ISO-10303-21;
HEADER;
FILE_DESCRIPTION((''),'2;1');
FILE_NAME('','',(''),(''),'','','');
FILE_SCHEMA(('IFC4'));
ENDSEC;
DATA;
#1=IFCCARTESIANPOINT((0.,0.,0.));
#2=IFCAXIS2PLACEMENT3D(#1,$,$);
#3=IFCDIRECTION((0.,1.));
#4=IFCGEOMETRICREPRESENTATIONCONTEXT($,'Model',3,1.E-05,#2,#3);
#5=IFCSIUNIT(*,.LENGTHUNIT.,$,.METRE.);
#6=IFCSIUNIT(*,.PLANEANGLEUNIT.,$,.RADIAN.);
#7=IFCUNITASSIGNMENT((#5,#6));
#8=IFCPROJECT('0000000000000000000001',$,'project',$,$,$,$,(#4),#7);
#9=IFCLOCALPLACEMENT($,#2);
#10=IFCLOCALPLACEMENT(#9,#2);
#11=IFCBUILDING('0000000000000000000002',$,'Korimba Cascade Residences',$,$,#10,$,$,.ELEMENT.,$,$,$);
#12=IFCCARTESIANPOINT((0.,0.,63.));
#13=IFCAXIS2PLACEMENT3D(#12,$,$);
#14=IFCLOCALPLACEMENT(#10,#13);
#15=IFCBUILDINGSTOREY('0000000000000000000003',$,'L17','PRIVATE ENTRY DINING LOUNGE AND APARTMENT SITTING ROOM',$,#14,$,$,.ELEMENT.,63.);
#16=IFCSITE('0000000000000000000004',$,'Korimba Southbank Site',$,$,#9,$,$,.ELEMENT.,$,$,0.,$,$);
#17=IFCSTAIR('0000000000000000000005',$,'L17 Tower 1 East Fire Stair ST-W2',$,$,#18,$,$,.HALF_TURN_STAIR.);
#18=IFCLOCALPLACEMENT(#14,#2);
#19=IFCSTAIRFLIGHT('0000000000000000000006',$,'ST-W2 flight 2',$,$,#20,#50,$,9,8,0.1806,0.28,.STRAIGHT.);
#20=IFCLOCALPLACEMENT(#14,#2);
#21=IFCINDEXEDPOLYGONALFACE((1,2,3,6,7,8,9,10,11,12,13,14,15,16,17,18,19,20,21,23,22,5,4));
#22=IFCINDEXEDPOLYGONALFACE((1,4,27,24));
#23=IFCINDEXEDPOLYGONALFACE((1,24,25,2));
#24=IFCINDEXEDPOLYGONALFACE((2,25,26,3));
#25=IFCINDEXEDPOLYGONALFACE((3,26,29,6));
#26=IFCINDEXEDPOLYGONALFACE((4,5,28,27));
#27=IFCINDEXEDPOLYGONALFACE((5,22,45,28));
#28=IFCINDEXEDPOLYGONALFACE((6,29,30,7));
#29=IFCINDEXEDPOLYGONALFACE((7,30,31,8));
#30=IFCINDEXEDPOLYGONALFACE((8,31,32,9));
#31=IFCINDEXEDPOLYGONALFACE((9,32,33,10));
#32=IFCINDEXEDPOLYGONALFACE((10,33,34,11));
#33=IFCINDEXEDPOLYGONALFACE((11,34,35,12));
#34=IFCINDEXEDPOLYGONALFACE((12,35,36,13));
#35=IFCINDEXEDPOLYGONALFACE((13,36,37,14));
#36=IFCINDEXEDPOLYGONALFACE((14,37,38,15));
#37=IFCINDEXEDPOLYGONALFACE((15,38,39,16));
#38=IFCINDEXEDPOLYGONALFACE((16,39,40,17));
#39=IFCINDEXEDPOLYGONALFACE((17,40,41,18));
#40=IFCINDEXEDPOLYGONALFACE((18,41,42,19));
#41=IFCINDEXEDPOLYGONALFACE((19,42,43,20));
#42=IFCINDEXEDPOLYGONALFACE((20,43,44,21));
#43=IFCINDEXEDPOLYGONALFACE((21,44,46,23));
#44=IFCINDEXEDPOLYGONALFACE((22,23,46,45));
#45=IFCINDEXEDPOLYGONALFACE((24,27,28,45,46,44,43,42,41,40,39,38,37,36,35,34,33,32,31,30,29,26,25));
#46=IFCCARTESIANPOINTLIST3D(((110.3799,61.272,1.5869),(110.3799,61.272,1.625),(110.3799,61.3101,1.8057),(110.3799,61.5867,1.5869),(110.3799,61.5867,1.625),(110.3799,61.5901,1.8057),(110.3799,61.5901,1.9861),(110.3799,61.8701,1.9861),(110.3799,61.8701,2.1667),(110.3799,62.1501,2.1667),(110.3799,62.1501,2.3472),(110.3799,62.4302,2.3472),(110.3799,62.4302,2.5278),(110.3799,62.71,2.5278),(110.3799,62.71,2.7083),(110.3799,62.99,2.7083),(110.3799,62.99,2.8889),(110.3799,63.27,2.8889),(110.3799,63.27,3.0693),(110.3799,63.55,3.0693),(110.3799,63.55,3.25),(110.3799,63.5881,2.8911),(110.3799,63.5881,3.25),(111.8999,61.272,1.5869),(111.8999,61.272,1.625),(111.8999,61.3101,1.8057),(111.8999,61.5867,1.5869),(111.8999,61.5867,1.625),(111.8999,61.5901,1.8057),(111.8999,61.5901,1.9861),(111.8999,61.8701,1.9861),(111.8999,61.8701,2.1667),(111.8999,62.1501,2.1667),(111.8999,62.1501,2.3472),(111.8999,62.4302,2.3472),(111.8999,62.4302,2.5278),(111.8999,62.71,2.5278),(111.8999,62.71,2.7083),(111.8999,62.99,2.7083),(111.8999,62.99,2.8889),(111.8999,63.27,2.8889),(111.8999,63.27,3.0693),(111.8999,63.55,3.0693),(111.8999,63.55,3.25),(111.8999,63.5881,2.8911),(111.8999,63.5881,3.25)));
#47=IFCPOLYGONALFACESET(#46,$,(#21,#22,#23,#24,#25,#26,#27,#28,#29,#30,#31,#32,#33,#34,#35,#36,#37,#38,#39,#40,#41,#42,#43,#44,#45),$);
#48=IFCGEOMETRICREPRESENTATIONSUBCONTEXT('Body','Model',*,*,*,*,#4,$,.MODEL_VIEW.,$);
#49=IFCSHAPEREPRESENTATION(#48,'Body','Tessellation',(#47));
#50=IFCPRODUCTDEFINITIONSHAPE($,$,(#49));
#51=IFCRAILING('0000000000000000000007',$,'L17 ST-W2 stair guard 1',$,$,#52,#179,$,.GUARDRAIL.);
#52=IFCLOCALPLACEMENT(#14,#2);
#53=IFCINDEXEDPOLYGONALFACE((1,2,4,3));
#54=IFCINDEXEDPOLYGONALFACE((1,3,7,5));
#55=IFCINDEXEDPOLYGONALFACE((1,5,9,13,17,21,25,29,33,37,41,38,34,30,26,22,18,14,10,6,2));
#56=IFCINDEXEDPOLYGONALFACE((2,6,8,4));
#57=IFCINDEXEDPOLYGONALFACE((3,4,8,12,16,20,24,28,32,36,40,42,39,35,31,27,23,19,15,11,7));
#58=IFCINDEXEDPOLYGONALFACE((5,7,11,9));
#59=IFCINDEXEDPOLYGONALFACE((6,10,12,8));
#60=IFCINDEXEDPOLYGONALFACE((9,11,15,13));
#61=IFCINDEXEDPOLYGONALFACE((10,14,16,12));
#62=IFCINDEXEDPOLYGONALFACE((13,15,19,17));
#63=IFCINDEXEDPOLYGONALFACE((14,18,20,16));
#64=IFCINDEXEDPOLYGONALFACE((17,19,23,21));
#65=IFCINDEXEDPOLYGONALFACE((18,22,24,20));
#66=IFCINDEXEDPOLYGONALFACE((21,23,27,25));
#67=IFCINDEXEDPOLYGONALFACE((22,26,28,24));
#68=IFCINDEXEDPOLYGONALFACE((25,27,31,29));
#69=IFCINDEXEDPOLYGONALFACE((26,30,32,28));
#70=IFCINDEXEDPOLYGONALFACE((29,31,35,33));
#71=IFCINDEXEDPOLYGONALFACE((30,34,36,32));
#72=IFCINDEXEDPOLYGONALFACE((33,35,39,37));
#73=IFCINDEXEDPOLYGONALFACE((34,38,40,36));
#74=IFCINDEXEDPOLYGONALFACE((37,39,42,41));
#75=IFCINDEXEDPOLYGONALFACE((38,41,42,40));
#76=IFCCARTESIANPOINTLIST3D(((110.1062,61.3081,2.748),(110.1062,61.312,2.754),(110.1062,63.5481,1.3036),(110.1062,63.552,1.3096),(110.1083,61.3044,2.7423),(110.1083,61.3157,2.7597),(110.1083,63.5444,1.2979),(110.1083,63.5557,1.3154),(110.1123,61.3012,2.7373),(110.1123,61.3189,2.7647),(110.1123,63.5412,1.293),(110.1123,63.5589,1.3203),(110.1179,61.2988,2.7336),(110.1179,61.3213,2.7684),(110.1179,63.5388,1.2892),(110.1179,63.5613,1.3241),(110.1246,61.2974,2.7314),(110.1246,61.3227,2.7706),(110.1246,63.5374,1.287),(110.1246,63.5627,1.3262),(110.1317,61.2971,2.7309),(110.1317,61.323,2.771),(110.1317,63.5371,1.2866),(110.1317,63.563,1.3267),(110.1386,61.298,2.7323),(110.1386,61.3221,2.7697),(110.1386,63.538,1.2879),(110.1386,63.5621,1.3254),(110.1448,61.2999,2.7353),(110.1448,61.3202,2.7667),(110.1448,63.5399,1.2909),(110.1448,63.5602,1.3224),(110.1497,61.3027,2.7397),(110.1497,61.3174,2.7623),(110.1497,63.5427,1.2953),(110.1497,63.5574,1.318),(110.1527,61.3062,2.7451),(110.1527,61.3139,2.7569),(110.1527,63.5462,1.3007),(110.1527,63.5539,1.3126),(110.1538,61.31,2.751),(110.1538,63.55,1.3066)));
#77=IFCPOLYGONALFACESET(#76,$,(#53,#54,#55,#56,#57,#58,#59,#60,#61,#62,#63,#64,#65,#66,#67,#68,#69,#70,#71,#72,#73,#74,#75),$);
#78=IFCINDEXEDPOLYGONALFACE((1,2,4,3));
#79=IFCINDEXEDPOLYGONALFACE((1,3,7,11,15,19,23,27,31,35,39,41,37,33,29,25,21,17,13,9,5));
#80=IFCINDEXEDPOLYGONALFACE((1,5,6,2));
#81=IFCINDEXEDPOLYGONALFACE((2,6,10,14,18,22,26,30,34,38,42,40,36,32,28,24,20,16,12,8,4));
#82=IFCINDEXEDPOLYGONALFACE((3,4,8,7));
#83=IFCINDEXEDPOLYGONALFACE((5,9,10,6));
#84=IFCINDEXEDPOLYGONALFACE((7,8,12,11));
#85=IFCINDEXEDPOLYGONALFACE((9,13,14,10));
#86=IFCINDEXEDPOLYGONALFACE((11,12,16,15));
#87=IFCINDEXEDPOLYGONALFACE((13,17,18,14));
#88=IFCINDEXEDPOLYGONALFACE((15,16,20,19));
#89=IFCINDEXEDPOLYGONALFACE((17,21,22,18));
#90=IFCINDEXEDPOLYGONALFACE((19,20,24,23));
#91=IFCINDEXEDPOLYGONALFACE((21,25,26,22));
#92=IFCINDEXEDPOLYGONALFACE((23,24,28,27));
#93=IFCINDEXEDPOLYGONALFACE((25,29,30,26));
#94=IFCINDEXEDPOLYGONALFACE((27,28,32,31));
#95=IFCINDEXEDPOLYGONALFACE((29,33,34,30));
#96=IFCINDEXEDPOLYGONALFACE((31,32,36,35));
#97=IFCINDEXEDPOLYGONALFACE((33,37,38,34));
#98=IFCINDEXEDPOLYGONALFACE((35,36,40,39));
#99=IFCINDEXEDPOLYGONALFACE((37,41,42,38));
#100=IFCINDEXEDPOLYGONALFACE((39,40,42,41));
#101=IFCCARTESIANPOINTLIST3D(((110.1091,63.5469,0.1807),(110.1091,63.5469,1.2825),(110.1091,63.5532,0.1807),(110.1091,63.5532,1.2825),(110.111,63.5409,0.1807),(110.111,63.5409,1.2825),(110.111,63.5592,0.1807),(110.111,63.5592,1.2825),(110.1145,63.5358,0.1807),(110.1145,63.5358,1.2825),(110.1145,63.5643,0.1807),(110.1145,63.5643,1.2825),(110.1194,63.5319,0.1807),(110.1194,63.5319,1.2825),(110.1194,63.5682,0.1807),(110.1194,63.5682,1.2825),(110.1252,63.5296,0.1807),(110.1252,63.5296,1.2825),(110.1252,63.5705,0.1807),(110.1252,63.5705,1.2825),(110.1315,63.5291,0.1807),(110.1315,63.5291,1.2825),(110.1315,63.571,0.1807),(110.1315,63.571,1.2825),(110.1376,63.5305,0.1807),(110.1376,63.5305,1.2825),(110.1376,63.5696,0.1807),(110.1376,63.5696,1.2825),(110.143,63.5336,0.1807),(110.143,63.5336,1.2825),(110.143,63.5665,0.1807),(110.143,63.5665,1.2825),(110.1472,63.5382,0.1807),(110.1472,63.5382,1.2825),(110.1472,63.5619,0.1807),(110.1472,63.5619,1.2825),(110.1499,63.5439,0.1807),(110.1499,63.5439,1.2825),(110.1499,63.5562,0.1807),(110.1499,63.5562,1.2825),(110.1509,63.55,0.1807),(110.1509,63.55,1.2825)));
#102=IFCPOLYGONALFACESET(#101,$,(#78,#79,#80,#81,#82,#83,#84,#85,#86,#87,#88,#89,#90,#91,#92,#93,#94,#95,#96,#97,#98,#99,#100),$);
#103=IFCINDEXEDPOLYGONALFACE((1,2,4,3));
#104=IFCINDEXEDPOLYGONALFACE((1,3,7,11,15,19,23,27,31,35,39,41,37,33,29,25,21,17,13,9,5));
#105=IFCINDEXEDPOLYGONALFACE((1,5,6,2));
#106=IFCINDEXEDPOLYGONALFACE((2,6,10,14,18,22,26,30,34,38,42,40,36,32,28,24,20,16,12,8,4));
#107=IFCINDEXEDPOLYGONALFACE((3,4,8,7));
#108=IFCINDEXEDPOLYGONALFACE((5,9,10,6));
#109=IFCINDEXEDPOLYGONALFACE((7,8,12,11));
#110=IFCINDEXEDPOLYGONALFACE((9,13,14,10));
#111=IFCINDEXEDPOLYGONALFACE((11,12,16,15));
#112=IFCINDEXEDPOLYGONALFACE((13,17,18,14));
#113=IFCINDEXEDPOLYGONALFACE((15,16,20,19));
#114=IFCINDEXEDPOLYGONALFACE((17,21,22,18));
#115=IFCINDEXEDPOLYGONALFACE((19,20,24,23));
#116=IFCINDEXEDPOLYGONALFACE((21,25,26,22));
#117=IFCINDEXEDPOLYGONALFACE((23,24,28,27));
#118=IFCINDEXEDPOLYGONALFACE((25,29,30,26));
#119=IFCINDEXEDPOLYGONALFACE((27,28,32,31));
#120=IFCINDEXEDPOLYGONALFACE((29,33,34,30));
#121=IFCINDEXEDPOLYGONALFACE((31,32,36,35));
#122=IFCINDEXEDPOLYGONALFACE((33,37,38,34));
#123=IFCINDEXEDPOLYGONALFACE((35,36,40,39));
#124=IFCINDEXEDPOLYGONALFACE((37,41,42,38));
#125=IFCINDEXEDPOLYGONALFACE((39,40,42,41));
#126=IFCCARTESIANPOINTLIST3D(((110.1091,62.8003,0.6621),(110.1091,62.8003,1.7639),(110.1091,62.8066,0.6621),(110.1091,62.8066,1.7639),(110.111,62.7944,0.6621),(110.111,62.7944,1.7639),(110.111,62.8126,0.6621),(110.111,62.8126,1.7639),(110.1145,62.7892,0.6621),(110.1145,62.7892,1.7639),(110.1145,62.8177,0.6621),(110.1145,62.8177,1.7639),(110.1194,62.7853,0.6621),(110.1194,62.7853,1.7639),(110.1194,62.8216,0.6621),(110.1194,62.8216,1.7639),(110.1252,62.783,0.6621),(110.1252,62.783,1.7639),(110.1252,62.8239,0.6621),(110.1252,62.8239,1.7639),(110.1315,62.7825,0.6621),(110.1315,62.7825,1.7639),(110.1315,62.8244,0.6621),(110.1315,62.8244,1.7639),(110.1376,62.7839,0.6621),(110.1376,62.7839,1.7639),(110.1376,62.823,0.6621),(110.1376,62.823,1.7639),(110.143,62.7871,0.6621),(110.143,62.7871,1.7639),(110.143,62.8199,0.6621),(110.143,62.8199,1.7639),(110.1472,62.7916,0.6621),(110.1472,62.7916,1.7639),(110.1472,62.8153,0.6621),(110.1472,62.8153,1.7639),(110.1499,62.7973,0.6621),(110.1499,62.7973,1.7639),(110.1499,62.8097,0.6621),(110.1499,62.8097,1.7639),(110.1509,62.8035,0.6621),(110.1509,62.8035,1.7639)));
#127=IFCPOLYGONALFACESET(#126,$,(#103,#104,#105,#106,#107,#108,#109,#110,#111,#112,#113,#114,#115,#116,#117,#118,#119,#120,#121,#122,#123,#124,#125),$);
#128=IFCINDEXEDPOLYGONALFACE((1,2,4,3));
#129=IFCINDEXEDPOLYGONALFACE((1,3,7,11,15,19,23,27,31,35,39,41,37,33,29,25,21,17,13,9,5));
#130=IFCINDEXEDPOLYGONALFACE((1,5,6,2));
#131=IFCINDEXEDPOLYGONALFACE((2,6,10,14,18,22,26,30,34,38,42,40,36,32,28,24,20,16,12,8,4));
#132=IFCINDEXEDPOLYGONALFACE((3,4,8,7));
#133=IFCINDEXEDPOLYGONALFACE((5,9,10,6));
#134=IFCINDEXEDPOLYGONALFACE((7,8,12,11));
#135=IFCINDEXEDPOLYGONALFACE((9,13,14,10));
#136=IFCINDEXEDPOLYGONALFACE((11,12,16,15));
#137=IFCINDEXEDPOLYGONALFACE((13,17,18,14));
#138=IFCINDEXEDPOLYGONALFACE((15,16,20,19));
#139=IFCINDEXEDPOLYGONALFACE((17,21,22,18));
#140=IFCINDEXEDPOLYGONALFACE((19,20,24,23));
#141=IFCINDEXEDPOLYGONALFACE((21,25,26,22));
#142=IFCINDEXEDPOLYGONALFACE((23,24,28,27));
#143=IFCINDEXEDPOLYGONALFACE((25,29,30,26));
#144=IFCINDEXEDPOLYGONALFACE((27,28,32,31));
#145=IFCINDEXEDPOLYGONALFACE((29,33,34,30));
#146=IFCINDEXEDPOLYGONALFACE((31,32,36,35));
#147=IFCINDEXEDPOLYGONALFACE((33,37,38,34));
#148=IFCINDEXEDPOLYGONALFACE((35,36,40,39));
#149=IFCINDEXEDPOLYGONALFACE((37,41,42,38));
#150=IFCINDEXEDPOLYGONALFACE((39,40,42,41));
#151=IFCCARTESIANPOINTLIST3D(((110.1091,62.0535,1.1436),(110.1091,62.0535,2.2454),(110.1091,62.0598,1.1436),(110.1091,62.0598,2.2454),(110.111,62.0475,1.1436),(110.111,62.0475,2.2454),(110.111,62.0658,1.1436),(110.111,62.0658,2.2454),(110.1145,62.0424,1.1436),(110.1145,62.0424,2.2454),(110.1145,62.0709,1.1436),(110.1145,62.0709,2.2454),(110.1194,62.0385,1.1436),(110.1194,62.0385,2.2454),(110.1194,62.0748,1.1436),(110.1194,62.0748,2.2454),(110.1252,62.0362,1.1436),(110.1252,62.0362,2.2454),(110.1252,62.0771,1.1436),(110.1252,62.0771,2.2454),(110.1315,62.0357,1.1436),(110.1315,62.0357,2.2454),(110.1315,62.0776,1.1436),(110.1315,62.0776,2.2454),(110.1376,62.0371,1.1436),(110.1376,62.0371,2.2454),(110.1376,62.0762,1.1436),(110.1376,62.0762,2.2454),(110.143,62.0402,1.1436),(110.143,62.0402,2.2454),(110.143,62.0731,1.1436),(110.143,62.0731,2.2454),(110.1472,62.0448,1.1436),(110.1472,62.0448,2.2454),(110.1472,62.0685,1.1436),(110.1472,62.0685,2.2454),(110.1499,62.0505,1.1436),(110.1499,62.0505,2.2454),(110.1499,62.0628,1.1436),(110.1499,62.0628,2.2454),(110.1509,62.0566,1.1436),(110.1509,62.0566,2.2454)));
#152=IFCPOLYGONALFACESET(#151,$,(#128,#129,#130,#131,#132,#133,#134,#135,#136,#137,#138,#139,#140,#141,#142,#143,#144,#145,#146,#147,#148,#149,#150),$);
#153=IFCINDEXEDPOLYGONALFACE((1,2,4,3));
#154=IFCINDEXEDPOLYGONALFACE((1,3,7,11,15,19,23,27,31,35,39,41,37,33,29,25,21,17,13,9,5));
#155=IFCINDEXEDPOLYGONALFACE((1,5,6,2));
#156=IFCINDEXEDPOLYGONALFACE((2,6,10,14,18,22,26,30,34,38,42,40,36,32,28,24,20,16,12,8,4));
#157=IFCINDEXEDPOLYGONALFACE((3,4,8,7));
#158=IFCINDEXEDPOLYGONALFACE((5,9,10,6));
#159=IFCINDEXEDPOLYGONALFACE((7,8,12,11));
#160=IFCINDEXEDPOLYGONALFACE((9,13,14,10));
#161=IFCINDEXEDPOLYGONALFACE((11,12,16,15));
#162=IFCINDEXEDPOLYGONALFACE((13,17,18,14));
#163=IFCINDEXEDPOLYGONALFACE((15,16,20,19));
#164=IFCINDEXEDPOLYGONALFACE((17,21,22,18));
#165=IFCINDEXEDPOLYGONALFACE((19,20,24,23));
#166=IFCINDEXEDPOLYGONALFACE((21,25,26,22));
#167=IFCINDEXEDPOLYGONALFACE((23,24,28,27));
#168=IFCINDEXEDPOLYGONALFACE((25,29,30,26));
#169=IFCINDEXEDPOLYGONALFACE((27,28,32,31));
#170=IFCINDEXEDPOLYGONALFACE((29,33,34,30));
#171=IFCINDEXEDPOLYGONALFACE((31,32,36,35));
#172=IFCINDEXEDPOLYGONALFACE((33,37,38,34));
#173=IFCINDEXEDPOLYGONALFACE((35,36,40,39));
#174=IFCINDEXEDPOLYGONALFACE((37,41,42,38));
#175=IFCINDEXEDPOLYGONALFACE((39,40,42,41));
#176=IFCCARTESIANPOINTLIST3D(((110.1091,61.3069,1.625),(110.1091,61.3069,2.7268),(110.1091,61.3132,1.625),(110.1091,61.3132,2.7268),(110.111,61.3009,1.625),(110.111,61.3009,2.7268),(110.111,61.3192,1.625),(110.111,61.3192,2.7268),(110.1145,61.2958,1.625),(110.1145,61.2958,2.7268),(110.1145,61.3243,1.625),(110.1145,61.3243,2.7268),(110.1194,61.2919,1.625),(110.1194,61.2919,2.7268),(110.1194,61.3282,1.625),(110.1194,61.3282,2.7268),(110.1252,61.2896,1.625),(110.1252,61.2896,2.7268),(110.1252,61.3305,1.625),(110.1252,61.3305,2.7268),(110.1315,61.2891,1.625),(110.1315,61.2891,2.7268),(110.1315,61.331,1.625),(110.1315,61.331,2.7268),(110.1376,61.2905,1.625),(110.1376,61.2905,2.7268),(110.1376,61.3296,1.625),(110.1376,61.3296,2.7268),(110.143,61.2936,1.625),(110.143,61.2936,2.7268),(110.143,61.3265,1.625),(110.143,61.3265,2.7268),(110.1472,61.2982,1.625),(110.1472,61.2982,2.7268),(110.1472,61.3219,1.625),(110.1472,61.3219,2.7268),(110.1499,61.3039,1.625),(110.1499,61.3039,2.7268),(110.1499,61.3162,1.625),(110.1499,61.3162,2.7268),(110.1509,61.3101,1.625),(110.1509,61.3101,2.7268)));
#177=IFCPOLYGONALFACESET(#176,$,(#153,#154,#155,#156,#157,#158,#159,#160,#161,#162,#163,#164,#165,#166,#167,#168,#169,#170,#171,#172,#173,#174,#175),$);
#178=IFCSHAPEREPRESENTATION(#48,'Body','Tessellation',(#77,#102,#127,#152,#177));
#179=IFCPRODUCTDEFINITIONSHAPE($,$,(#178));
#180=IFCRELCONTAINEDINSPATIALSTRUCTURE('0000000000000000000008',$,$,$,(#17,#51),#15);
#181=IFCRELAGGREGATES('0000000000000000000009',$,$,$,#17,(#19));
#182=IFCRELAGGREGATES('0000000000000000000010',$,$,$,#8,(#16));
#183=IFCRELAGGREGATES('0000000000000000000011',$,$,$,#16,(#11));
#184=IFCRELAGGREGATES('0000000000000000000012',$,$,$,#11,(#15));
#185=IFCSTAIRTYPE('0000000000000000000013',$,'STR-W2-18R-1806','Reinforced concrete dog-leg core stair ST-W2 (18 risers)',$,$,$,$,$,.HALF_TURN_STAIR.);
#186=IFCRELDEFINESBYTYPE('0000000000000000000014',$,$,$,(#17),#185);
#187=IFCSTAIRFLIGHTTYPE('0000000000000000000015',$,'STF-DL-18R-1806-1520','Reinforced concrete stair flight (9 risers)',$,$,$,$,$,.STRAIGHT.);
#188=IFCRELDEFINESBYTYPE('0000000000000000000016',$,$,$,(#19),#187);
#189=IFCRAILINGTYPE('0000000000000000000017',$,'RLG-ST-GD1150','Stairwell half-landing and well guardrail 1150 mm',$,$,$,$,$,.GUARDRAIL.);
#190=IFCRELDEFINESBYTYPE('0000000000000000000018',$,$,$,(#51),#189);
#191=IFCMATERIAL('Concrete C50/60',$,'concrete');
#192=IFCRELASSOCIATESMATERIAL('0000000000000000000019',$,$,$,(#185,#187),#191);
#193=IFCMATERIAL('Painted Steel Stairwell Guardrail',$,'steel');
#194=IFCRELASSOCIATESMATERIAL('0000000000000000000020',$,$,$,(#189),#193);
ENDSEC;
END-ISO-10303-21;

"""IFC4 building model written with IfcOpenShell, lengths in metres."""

from ifc_helpers import new_model, si_unit, direction, frame, origin, origin_2d, place, context, subcontext, project, spatial, polyline, circle, outline, extrude, material, type_object, element, aggregate, save


model = new_model("IFC4")

# Units and contexts
model_context = context("Model", 3, precision=1e-05, world=origin(), true_north=direction((0.0, 1.0)))
body_context = subcontext(model_context, "Body", "Model", "MODEL_VIEW")
ifc_project = project(units=[si_unit("LENGTHUNIT", "METRE"), si_unit("PLANEANGLEUNIT", "RADIAN")], contexts=[model_context])

# Site, building, storey
site_placement = place(None, origin())
site = spatial("IfcSite", under=ifc_project, at=site_placement, Name="Korimba Southbank Site", CompositionType="ELEMENT", RefElevation=0.0)
building_placement = place(site_placement, origin())
building = spatial("IfcBuilding", under=site, at=building_placement, Name="Korimba Cascade Residences", CompositionType="ELEMENT")
storey_placement = place(building_placement, frame((0.0, 0.0, 63.0)))
storey = spatial("IfcBuildingStorey", under=building, at=storey_placement, Name="L17", Description="PRIVATE ENTRY DINING LOUNGE AND APARTMENT SITTING ROOM", CompositionType="ELEMENT", Elevation=63.0)

# Shared definitions
ifc_material_1 = material(Name="Concrete C50/60", Category="concrete")

# Stair, stair flight
stair_type = type_object("IfcStairType", Name="STR-W2-18R-1806", Description="Reinforced concrete dog-leg core stair ST-W2 (18 risers)", PredefinedType="HALF_TURN_STAIR", material=ifc_material_1)
stair_placement = place(storey_placement, origin())
stair = element("IfcStair", 1, at=stair_placement, inside=storey, type_object=stair_type, Name="L17 Tower 1 East Fire Stair ST-W2", PredefinedType="HALF_TURN_STAIR")
stair_flight_type = type_object("IfcStairFlightType", Name="STF-DL-18R-1806-1520", Description="Reinforced concrete stair flight (9 risers)", PredefinedType="STRAIGHT", material=ifc_material_1)
stair_flight_1_placement = place(storey_placement, frame((111.1399, 61.3101, 1.625), z_axis=(0.0, 0.0, 1.0), x_axis=(0.0, 1.0, 0.0)))
stair_flight_1 = element("IfcStairFlight", 2, at=stair_flight_1_placement, type_object=stair_flight_type, Name="ST-W2 flight 2", NumberOfRisers=9, NumberOfTreads=8, PredefinedType="STRAIGHT", RiserHeight=0.1806, TreadLength=0.28, context=body_context, shape_type="SweptSolid", body=[
    extrude(outline(polyline([(-0.0381, 0.0), (0.0, 0.1807), (0.28, 0.1807), (0.28, 0.3611), (0.5601, 0.3611), (0.5601, 0.5417), (0.8401, 0.5417), (0.8401, 0.7222), (1.1201, 0.7222), (1.1201, 0.9028), (1.3999, 0.9028), (1.3999, 1.0833), (1.6799, 1.0833), (1.6799, 1.2639), (1.96, 1.2639), (1.96, 1.4443), (2.24, 1.4443), (2.24, 1.625), (2.2781, 1.625), (2.2781, 1.2661), (0.2766, 0.0), (0.2766, -0.0381), (-0.0381, -0.0381), (-0.0381, 0.0)])), frame((0.0, 0.76, 0.0), z_axis=(0.0, -1.0, 0.0), x_axis=(1.0, 0.0, 0.0)), (0.0, 0.0, 1.0), 1.52),
])
aggregate(stair, [stair_flight_1])

# Railing
ifc_material_2 = material(Name="Painted Steel Stairwell Guardrail", Category="steel")
railing_type_1 = type_object("IfcRailingType", Name="RLG-ST-GD1150", Description="Stairwell half-landing and well guardrail 1150 mm", PredefinedType="GUARDRAIL", material=ifc_material_2)
railing_1_placement = place(storey_placement, frame((110.1299, 63.55, 0.1807)))
element("IfcRailing", 3, at=railing_1_placement, inside=storey, type_object=railing_type_1, Name="L17 ST-W2 stair guard 1", PredefinedType="GUARDRAIL", context=body_context, shape_type="SweptSolid", body=[
    extrude(circle(Radius=0.0239, at=origin_2d()), frame((0.0, 0.0, 1.126), z_axis=(0.0, -0.840437, 0.54191), x_axis=(1.0, 0.0, 0.0)), (0.0, 0.0, 1.0), 2.6653),
    extrude(circle(Radius=0.021, at=origin_2d()), origin(), (0.0, 0.0, 1.0), 1.1018),
    extrude(circle(Radius=0.021, at=origin_2d()), frame((0.0, -0.7466, 0.4814)), (0.0, 0.0, 1.0), 1.1018),
    extrude(circle(Radius=0.021, at=origin_2d()), frame((0.0, -1.4934, 0.9629)), (0.0, 0.0, 1.0), 1.1018),
    extrude(circle(Radius=0.021, at=origin_2d()), frame((0.0, -2.24, 1.4443)), (0.0, 0.0, 1.0), 1.1018),
])

save(model, "model.ifc")
